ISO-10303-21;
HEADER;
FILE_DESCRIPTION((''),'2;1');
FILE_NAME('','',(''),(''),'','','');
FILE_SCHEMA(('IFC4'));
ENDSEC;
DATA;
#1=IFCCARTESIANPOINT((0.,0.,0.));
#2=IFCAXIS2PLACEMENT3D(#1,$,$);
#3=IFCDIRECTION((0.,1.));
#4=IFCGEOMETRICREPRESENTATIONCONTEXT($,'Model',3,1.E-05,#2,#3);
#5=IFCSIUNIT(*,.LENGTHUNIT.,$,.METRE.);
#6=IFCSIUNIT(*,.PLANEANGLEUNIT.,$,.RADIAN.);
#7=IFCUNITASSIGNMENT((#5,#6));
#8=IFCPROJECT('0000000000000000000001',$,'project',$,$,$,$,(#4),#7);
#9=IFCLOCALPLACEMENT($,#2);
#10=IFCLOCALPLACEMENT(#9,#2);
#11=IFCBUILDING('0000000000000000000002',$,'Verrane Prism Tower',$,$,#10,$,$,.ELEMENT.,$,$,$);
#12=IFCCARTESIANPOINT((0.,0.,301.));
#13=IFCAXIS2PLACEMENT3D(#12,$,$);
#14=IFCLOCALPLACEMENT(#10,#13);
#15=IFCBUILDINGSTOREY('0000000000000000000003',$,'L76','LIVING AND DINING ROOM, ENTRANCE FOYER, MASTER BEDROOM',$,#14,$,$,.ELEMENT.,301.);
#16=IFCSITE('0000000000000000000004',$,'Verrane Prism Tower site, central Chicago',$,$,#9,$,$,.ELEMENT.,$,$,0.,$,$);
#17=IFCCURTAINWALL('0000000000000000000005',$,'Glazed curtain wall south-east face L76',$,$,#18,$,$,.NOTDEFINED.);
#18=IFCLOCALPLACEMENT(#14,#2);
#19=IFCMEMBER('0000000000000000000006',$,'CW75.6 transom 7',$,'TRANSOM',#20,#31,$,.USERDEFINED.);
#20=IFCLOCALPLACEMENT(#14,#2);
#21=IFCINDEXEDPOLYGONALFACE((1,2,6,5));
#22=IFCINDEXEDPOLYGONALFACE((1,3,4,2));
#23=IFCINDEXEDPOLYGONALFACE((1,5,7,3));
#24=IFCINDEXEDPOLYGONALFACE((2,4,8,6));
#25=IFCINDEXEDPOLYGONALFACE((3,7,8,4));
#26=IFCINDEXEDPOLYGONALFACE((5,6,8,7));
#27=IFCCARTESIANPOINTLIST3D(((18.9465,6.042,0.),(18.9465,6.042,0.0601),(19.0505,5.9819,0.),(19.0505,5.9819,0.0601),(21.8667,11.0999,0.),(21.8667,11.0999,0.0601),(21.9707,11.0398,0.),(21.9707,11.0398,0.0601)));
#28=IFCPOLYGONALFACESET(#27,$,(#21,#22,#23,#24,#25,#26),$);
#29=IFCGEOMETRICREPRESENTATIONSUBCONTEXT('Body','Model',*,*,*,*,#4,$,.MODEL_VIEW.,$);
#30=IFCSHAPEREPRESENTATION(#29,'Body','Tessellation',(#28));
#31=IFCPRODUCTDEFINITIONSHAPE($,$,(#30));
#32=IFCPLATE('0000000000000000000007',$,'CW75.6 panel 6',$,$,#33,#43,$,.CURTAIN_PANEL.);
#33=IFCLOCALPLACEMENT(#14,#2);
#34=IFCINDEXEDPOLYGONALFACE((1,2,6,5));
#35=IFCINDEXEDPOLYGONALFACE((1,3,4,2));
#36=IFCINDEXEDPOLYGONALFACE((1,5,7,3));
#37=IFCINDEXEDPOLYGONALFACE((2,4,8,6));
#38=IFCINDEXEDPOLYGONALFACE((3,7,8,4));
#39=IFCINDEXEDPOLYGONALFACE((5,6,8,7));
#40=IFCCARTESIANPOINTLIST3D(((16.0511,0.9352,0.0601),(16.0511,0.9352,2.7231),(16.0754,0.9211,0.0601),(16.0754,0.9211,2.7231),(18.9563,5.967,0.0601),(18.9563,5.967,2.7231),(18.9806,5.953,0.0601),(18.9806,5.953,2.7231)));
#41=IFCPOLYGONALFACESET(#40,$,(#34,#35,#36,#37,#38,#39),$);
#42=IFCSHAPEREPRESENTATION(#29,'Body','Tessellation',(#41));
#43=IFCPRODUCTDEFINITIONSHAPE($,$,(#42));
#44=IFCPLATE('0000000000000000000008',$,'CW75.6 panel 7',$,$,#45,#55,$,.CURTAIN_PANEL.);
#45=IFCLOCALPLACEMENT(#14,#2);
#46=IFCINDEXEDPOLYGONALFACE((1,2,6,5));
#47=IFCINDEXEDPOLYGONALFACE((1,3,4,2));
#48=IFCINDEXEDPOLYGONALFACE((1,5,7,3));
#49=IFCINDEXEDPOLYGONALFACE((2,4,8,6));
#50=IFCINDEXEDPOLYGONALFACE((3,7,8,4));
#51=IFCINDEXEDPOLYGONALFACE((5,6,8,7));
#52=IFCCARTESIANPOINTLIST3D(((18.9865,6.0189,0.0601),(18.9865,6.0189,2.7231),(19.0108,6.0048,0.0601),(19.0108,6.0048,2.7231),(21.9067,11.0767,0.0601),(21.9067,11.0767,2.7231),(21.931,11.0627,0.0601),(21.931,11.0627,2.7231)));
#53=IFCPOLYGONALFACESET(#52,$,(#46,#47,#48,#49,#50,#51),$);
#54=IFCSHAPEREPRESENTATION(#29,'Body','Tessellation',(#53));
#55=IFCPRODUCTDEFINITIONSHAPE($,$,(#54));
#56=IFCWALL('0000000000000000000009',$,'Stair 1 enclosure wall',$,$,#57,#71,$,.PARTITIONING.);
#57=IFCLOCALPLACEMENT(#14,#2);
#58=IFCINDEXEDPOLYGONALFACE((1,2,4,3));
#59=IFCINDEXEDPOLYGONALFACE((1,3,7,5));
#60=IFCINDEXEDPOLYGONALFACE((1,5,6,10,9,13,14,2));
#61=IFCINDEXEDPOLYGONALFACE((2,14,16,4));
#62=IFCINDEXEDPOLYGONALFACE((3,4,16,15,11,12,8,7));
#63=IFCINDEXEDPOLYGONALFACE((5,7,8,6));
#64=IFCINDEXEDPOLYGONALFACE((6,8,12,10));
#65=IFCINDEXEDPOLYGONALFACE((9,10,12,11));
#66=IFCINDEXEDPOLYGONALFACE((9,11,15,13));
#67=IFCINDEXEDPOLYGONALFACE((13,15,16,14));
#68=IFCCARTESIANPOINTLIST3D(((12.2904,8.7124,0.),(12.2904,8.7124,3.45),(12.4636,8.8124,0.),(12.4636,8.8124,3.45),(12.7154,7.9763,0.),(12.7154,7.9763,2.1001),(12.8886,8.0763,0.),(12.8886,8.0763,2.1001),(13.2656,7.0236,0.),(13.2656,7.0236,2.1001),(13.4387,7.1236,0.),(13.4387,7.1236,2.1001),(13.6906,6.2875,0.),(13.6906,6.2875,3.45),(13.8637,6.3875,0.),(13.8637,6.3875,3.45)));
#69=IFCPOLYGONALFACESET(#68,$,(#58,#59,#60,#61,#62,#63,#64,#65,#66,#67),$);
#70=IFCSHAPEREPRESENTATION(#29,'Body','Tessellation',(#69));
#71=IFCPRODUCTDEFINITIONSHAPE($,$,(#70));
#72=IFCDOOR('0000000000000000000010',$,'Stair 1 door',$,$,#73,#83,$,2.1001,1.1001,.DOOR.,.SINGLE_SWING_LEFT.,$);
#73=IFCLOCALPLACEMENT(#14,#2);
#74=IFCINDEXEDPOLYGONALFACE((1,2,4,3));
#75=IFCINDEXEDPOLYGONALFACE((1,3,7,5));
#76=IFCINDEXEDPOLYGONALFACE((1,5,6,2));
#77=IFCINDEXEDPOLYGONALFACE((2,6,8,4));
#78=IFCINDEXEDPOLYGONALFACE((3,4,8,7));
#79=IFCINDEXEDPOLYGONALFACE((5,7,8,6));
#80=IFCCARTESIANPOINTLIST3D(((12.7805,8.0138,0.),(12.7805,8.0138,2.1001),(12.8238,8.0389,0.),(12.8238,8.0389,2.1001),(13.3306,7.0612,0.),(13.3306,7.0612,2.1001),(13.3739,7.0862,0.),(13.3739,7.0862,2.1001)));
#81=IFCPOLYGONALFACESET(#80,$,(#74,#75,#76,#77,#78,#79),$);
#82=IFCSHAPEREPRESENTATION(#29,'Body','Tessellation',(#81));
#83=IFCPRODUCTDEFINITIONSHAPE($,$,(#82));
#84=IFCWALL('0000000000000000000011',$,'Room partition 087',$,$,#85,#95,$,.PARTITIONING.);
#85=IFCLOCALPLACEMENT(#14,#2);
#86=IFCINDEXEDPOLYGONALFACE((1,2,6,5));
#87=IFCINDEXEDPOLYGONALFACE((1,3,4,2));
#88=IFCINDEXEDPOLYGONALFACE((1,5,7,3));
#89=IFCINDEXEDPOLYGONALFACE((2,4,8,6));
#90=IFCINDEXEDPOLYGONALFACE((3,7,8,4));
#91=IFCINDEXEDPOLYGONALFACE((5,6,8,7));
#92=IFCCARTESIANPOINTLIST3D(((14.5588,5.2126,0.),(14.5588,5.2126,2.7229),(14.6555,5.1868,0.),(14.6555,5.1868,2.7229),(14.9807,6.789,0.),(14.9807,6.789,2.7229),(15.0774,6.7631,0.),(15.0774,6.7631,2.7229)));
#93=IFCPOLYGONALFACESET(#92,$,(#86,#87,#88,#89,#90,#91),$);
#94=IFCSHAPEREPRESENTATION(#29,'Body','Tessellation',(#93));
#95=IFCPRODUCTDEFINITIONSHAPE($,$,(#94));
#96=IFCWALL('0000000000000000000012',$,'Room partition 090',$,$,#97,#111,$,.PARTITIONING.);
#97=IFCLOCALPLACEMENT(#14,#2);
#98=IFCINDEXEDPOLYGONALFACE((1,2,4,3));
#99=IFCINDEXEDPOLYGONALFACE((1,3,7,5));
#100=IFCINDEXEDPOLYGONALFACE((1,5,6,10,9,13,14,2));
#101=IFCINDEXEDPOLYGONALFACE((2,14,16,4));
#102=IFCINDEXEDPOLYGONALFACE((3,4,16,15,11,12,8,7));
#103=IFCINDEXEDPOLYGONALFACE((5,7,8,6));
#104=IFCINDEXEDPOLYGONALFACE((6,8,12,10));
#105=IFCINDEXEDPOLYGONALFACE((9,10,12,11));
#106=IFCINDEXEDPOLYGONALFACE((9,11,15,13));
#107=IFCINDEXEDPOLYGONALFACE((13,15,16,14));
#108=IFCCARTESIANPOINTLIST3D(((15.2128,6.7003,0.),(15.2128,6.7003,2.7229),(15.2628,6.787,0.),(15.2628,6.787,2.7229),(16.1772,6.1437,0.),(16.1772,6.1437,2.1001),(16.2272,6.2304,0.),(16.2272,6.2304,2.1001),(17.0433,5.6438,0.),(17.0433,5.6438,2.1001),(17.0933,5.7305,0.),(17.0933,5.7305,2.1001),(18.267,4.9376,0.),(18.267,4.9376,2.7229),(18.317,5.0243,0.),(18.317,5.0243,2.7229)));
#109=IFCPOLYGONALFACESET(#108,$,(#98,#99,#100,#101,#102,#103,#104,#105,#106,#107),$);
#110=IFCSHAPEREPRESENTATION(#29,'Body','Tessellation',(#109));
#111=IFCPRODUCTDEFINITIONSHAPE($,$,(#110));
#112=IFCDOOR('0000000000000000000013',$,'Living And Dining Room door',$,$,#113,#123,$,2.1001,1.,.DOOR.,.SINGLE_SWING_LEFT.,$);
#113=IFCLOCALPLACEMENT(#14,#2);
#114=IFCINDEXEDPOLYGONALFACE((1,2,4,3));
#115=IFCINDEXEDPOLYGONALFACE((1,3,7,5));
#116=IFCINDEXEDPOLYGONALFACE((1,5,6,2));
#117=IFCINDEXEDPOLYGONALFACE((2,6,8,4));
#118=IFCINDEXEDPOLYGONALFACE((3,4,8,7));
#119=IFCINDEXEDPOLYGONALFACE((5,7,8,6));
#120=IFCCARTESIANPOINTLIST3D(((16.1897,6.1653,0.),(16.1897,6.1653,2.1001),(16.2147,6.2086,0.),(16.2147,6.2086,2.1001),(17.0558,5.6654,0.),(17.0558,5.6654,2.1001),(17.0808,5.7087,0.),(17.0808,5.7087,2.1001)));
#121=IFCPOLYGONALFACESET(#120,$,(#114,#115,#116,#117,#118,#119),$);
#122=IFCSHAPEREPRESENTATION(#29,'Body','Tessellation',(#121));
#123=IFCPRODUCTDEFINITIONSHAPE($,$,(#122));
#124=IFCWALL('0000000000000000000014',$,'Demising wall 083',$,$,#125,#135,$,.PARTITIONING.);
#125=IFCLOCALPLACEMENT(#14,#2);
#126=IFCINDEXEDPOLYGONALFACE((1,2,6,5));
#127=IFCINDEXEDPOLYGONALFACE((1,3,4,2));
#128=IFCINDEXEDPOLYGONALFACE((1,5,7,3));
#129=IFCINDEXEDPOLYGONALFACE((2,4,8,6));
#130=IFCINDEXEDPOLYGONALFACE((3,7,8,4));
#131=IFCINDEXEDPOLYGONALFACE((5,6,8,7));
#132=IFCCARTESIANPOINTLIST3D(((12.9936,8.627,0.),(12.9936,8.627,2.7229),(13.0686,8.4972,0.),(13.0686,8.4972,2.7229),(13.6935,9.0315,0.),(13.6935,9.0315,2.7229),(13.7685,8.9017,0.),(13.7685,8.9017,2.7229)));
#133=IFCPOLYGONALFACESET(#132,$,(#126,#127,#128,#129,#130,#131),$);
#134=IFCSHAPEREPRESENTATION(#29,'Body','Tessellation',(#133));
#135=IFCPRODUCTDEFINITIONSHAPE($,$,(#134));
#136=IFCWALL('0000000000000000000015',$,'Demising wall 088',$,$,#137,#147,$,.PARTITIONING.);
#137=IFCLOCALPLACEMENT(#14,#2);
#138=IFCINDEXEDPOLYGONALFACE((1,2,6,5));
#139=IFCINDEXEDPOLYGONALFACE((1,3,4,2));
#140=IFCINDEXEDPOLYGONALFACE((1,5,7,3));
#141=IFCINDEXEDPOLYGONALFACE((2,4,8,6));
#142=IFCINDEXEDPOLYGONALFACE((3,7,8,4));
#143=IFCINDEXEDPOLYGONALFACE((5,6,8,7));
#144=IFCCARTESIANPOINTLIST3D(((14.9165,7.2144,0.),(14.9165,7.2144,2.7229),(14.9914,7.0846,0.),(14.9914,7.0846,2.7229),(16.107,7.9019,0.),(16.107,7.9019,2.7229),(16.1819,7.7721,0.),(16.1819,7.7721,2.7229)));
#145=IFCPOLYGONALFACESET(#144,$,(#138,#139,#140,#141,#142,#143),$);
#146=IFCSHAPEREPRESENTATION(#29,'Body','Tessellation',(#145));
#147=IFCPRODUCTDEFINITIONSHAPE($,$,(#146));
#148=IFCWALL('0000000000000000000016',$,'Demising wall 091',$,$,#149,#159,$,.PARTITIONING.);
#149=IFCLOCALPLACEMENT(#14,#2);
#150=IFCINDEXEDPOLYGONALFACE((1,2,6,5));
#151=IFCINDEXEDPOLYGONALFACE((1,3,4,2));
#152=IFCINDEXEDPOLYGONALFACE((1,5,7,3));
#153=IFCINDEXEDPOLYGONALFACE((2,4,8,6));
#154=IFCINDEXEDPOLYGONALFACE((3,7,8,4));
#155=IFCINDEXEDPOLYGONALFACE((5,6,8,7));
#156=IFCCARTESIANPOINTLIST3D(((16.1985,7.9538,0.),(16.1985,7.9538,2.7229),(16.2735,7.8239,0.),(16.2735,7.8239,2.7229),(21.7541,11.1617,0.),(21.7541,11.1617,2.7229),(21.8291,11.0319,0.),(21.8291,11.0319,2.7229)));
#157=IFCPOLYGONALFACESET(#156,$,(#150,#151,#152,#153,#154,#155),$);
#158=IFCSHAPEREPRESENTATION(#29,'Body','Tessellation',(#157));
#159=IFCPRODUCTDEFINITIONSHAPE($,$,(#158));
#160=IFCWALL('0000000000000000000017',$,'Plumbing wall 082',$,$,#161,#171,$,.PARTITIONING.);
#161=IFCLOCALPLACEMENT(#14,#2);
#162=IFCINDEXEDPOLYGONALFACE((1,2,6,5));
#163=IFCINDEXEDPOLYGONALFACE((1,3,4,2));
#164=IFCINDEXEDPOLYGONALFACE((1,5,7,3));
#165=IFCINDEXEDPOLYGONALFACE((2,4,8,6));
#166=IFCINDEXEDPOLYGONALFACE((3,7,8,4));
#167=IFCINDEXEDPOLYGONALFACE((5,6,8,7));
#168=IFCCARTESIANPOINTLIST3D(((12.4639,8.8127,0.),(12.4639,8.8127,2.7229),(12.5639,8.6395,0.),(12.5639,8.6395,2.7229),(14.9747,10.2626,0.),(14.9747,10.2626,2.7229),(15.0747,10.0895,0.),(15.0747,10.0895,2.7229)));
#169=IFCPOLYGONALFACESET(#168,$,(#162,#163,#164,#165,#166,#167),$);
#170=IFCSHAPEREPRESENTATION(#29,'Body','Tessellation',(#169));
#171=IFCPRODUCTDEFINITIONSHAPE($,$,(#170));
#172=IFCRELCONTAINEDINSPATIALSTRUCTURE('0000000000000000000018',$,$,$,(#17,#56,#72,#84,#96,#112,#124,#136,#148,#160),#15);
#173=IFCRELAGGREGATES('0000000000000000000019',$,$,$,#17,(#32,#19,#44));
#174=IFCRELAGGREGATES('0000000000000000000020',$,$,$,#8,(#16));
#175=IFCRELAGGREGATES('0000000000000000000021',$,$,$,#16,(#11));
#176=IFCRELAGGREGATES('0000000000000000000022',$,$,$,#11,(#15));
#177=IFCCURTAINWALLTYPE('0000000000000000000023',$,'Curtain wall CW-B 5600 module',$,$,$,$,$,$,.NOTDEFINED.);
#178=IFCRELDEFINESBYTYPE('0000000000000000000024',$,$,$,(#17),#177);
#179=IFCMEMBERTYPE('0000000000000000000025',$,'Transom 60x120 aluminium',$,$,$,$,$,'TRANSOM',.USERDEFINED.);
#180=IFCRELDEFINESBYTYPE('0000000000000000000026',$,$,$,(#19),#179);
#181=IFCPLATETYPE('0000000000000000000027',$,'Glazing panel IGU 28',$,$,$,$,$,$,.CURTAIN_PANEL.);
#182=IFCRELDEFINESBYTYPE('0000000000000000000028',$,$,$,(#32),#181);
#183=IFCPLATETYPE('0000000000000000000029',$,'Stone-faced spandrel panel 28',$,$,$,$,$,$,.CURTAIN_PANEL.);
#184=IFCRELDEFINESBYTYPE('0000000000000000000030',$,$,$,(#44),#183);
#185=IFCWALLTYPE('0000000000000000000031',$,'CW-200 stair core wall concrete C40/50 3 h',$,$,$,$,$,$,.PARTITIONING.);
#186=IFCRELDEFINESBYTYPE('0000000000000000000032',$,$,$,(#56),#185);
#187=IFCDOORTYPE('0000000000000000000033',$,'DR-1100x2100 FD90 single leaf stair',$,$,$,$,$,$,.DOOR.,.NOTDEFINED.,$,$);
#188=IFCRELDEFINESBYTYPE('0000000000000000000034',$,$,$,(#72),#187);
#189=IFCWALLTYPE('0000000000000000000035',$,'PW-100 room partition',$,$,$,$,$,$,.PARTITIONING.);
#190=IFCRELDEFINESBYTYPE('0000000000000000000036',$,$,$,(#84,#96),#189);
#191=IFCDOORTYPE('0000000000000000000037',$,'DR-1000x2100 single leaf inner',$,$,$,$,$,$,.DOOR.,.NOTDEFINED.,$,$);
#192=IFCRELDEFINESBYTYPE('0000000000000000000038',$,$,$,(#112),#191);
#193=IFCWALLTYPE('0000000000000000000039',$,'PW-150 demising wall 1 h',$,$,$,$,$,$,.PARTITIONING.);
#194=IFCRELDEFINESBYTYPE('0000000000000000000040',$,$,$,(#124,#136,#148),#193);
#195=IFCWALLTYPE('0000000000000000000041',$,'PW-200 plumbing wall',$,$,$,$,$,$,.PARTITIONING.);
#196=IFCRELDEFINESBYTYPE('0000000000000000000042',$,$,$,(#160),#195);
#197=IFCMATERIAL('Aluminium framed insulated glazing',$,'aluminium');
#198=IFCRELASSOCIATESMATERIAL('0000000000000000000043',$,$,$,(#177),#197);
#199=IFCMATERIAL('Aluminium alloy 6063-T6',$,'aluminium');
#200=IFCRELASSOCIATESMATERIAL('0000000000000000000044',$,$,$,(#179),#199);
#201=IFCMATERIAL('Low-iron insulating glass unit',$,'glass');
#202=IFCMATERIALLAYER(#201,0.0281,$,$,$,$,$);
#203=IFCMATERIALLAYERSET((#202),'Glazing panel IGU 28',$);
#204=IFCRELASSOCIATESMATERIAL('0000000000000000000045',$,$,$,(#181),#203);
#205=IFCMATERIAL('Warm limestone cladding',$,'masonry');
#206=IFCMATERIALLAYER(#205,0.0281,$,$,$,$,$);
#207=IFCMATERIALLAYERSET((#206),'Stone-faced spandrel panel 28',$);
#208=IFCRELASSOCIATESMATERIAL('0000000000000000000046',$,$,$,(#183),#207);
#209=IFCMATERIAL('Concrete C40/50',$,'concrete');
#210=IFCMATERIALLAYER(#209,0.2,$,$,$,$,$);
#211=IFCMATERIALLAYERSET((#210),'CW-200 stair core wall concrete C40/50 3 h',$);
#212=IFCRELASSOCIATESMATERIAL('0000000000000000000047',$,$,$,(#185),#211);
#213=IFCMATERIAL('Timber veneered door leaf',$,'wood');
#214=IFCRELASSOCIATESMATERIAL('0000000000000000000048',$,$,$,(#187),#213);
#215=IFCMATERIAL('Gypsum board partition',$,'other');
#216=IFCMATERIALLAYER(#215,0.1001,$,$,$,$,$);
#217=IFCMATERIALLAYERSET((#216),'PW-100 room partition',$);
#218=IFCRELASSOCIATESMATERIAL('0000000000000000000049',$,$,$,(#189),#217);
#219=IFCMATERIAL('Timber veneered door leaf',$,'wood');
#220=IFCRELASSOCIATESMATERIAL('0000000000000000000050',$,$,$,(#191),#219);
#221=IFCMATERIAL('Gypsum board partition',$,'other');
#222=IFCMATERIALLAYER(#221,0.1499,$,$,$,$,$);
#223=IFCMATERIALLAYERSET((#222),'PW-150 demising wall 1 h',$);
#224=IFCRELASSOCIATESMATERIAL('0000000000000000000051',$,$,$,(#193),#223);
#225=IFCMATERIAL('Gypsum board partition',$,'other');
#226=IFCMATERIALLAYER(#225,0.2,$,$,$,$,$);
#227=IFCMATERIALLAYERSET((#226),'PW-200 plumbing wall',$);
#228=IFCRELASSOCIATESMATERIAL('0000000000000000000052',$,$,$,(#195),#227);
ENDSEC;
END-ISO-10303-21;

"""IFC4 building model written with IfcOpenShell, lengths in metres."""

from ifc_helpers import new_model, si_unit, direction, frame, frame_2d, origin, origin_2d, place, context, subcontext, project, spatial, rectangle, extrude, material, layer, layer_set, material_profile, profile_set, type_object, element, fill, aggregate, save


model = new_model("IFC4")

# Units and contexts
model_context = context("Model", 3, precision=1e-05, world=origin(), true_north=direction((0.0, 1.0)))
body_context = subcontext(model_context, "Body", "Model", "MODEL_VIEW")
ifc_project = project(units=[si_unit("LENGTHUNIT", "METRE"), si_unit("PLANEANGLEUNIT", "RADIAN")], contexts=[model_context])

# Site, building, storey
site_placement = place(None, origin())
site = spatial("IfcSite", under=ifc_project, at=site_placement, Name="Verrane Prism Tower site, central Chicago", CompositionType="ELEMENT", RefElevation=0.0)
building_placement = place(site_placement, origin())
building = spatial("IfcBuilding", under=site, at=building_placement, Name="Verrane Prism Tower", CompositionType="ELEMENT")
storey_placement = place(building_placement, frame((0.0, 0.0, 301.0)))
storey = spatial("IfcBuildingStorey", under=building, at=storey_placement, Name="L76", Description="LIVING AND DINING ROOM, ENTRANCE FOYER, MASTER BEDROOM", CompositionType="ELEMENT", Elevation=301.0)

# Curtain wall
ifc_material_1 = material(Name="Aluminium framed insulated glazing", Category="aluminium")
curtain_wall_type = type_object("IfcCurtainWallType", Name="Curtain wall CW-B 5600 module", PredefinedType="NOTDEFINED", material=ifc_material_1)
curtain_wall_placement = place(storey_placement, origin())
curtain_wall = element("IfcCurtainWall", 1, at=curtain_wall_placement, inside=storey, type_object=curtain_wall_type, Name="Glazed curtain wall south-east face L76", PredefinedType="NOTDEFINED")

# Member
ifc_material_2 = material(Name="Aluminium alloy 6063-T6", Category="aluminium")
ifc_material_profile_1 = material_profile(ifc_material_2, rectangle(XDim=0.1201, YDim=0.0601, at=origin_2d()), Name="Transom 60x120 aluminium")
ifc_profile_set_1 = profile_set([ifc_material_profile_1], Name="Aluminium alloy 6063-T6")
member_type_1 = type_object("IfcMemberType", Name="Transom 60x120 aluminium", ElementType="TRANSOM", PredefinedType="USERDEFINED", material=ifc_profile_set_1)
member_1_placement = place(storey_placement, frame((18.9985, 6.012, 0.03), z_axis=(0.500001, 0.866025, 0.0), x_axis=(-0.866025, 0.500001, 0.0)))
member_1 = element("IfcMember", 2, at=member_1_placement, type_object=member_type_1, Name="CW75.6 transom 7", ObjectType="TRANSOM", PredefinedType="USERDEFINED", context=body_context, shape_type="SweptSolid", body=[
    extrude(rectangle(XDim=0.1201, YDim=0.0601, at=origin_2d()), origin(), (0.0, 0.0, 1.0), 5.8403),
])

# Plates
ifc_material_3 = material(Name="Low-iron insulating glass unit", Category="glass")
ifc_layer_1 = layer(ifc_material_3, 0.0281)
ifc_layer_set_1 = layer_set([ifc_layer_1], Name="Glazing panel IGU 28")
plate_type_1 = type_object("IfcPlateType", Name="Glazing panel IGU 28", PredefinedType="CURTAIN_PANEL", material=ifc_layer_set_1)
plate_1_placement = place(storey_placement, frame((17.5159, 3.4441, 0.0601), z_axis=(0.0, 0.0, 1.0), x_axis=(0.500001, 0.866025, 0.0)))
plate_1 = element("IfcPlate", 3, at=plate_1_placement, type_object=plate_type_1, Name="CW75.6 panel 6", PredefinedType="CURTAIN_PANEL", context=body_context, shape_type="SweptSolid", body=[
    extrude(rectangle(XDim=5.8103, YDim=0.0281, at=origin_2d()), origin(), (0.0, 0.0, 1.0), 2.6631),
])
ifc_material_4 = material(Name="Warm limestone cladding", Category="masonry")
ifc_layer_2 = layer(ifc_material_4, 0.0281)
ifc_layer_set_2 = layer_set([ifc_layer_2], Name="Stone-faced spandrel panel 28")
plate_type_2 = type_object("IfcPlateType", Name="Stone-faced spandrel panel 28", PredefinedType="CURTAIN_PANEL", material=ifc_layer_set_2)
plate_2_placement = place(storey_placement, frame((20.4587, 8.5408, 0.0601), z_axis=(0.0, 0.0, 1.0), x_axis=(0.500001, 0.866025, 0.0)))
plate_2 = element("IfcPlate", 4, at=plate_2_placement, type_object=plate_type_2, Name="CW75.6 panel 7", PredefinedType="CURTAIN_PANEL", context=body_context, shape_type="SweptSolid", body=[
    extrude(rectangle(XDim=5.8403, YDim=0.0281, at=origin_2d()), origin(), (0.0, 0.0, 1.0), 2.6631),
])
aggregate(curtain_wall, [plate_1, member_1, plate_2])

# Wall, opening, door
ifc_material_5 = material(Name="Concrete C40/50", Category="concrete")
ifc_layer_3 = layer(ifc_material_5, 0.2)
ifc_layer_set_3 = layer_set([ifc_layer_3], Name="CW-200 stair core wall concrete C40/50 3 h")
wall_type_1 = type_object("IfcWallType", Name="CW-200 stair core wall concrete C40/50 3 h", PredefinedType="PARTITIONING", material=ifc_layer_set_3)
wall_1_placement = place(storey_placement, frame((13.7771, 6.3376, 0.0), z_axis=(0.0, 0.0, 1.0), x_axis=(-0.50005, 0.865997, 0.0)))
wall_1 = element("IfcWall", 5, at=wall_1_placement, inside=storey, type_object=wall_type_1, Name="Stair 1 enclosure wall", PredefinedType="PARTITIONING", context=body_context, shape_type="SweptSolid", body=[
    extrude(rectangle(XDim=2.8, YDim=0.2, at=frame_2d((1.3999, 0.0))), origin(), (0.0, 0.0, 1.0), 3.45),
])
opening_1_placement = place(wall_1_placement, frame((0.8499, 0.0, 0.0)))
opening_1 = element("IfcOpeningElement", 6, at=opening_1_placement, cuts=wall_1, PredefinedType="OPENING", context=body_context, shape_type="SweptSolid", body=[
    extrude(rectangle(XDim=1.1001, YDim=2.1001, at=frame_2d((0.55, 1.05))), frame((0.0, 0.1099, 0.0), z_axis=(0.0, -1.0, 0.0), x_axis=(1.0, 0.0, 0.0)), (0.0, 0.0, 1.0), 0.22),
])
ifc_material_6 = material(Name="Timber veneered door leaf", Category="wood")
door_type_1 = type_object("IfcDoorType", Name="DR-1100x2100 FD90 single leaf stair", OperationType="NOTDEFINED", PredefinedType="DOOR", material=ifc_material_6)
door_1_placement = place(opening_1_placement, origin())
door_1 = element("IfcDoor", 7, at=door_1_placement, inside=storey, type_object=door_type_1, Name="Stair 1 door", OperationType="SINGLE_SWING_LEFT", OverallHeight=2.1001, OverallWidth=1.1001, PredefinedType="DOOR", context=body_context, shape_type="SweptSolid", body=[
    extrude(rectangle(XDim=1.1001, YDim=2.1001, at=frame_2d((0.55, 1.05))), frame((0.0, 0.0249, 0.0), z_axis=(0.0, -1.0, 0.0), x_axis=(1.0, 0.0, 0.0)), (0.0, 0.0, 1.0), 0.05),
])
fill(opening_1, door_1)

# Wall
ifc_material_7 = material(Name="Gypsum board partition", Category="other")
ifc_layer_4 = layer(ifc_material_7, 0.1001)
ifc_layer_set_4 = layer_set([ifc_layer_4], Name="PW-100 room partition")
wall_type_2 = type_object("IfcWallType", Name="PW-100 room partition", PredefinedType="PARTITIONING", material=ifc_layer_set_4)
wall_2_placement = place(storey_placement, frame((14.6072, 5.1997, 0.0), z_axis=(0.0, 0.0, 1.0), x_axis=(0.258519, 0.966006, 0.0)))
element("IfcWall", 8, at=wall_2_placement, inside=storey, type_object=wall_type_2, Name="Room partition 087", PredefinedType="PARTITIONING", context=body_context, shape_type="SweptSolid", body=[
    extrude(rectangle(XDim=1.6318, YDim=0.1001, at=frame_2d((0.8159, 0.0))), origin(), (0.0, 0.0, 1.0), 2.7229),
])

# Wall, opening, door
wall_3_placement = place(storey_placement, frame((15.2378, 6.7437, 0.0), z_axis=(0.0, 0.0, 1.0), x_axis=(0.866105, -0.499862, 0.0)))
wall_3 = element("IfcWall", 9, at=wall_3_placement, inside=storey, type_object=wall_type_2, Name="Room partition 090", PredefinedType="PARTITIONING", context=body_context, shape_type="SweptSolid", body=[
    extrude(rectangle(XDim=3.5264, YDim=0.1001, at=frame_2d((1.7632, 0.0))), origin(), (0.0, 0.0, 1.0), 2.7229),
])
opening_2_placement = place(wall_3_placement, frame((1.1135, 0.0, 0.0)))
opening_2 = element("IfcOpeningElement", 10, at=opening_2_placement, cuts=wall_3, PredefinedType="OPENING", context=body_context, shape_type="SweptSolid", body=[
    extrude(rectangle(XDim=1.0, YDim=2.1001, at=frame_2d((0.5, 1.05))), frame((0.0, 0.0601, 0.0), z_axis=(0.0, -1.0, 0.0), x_axis=(1.0, 0.0, 0.0)), (0.0, 0.0, 1.0), 0.1201),
])
ifc_material_8 = material(Name="Timber veneered door leaf", Category="wood")
door_type_2 = type_object("IfcDoorType", Name="DR-1000x2100 single leaf inner", OperationType="NOTDEFINED", PredefinedType="DOOR", material=ifc_material_8)
door_2_placement = place(opening_2_placement, origin())
door_2 = element("IfcDoor", 11, at=door_2_placement, inside=storey, type_object=door_type_2, Name="Living And Dining Room door", OperationType="SINGLE_SWING_LEFT", OverallHeight=2.1001, OverallWidth=1.0, PredefinedType="DOOR", context=body_context, shape_type="SweptSolid", body=[
    extrude(rectangle(XDim=1.0, YDim=2.1001, at=frame_2d((0.5, 1.05))), frame((0.0, 0.0249, 0.0), z_axis=(0.0, -1.0, 0.0), x_axis=(1.0, 0.0, 0.0)), (0.0, 0.0, 1.0), 0.05),
])
fill(opening_2, door_2)

# Walls
ifc_material_9 = material(Name="Gypsum board partition", Category="other")
ifc_layer_5 = layer(ifc_material_9, 0.1499)
ifc_layer_set_5 = layer_set([ifc_layer_5], Name="PW-150 demising wall 1 h")
wall_type_3 = type_object("IfcWallType", Name="PW-150 demising wall 1 h", PredefinedType="PARTITIONING", material=ifc_layer_set_5)
wall_4_placement = place(storey_placement, frame((13.031, 8.562, 0.0), z_axis=(0.0, 0.0, 1.0), x_axis=(0.865798, 0.500393, 0.0)))
element("IfcWall", 12, at=wall_4_placement, inside=storey, type_object=wall_type_3, Name="Demising wall 083", PredefinedType="PARTITIONING", context=body_context, shape_type="SweptSolid", body=[
    extrude(rectangle(XDim=0.8083, YDim=0.1499, at=frame_2d((0.4043, 0.0))), origin(), (0.0, 0.0, 1.0), 2.7229),
])
wall_5_placement = place(storey_placement, frame((14.9539, 7.1494, 0.0), z_axis=(0.0, 0.0, 1.0), x_axis=(0.865961, 0.500112, 0.0)))
element("IfcWall", 13, at=wall_5_placement, inside=storey, type_object=wall_type_3, Name="Demising wall 088", PredefinedType="PARTITIONING", context=body_context, shape_type="SweptSolid", body=[
    extrude(rectangle(XDim=1.3748, YDim=0.1499, at=frame_2d((0.6875, 0.0))), origin(), (0.0, 0.0, 1.0), 2.7229),
])
wall_6_placement = place(storey_placement, frame((16.2361, 7.8889, 0.0), z_axis=(0.0, 0.0, 1.0), x_axis=(0.865995, 0.500052, 0.0)))
element("IfcWall", 14, at=wall_6_placement, inside=storey, type_object=wall_type_3, Name="Demising wall 091", PredefinedType="PARTITIONING", context=body_context, shape_type="SweptSolid", body=[
    extrude(rectangle(XDim=6.4153, YDim=0.1499, at=frame_2d((3.2075, 0.0))), origin(), (0.0, 0.0, 1.0), 2.7229),
])
ifc_material_10 = material(Name="Gypsum board partition", Category="other")
ifc_layer_6 = layer(ifc_material_10, 0.2)
ifc_layer_set_6 = layer_set([ifc_layer_6], Name="PW-200 plumbing wall")
wall_type_4 = type_object("IfcWallType", Name="PW-200 plumbing wall", PredefinedType="PARTITIONING", material=ifc_layer_set_6)
wall_7_placement = place(storey_placement, frame((12.5139, 8.7261, 0.0), z_axis=(0.0, 0.0, 1.0), x_axis=(0.86597, 0.500097, 0.0)))
element("IfcWall", 15, at=wall_7_placement, inside=storey, type_object=wall_type_4, Name="Plumbing wall 082", PredefinedType="PARTITIONING", context=body_context, shape_type="SweptSolid", body=[
    extrude(rectangle(XDim=2.8994, YDim=0.2, at=frame_2d((1.4497, 0.0))), origin(), (0.0, 0.0, 1.0), 2.7229),
])

save(model, "model.ifc")
